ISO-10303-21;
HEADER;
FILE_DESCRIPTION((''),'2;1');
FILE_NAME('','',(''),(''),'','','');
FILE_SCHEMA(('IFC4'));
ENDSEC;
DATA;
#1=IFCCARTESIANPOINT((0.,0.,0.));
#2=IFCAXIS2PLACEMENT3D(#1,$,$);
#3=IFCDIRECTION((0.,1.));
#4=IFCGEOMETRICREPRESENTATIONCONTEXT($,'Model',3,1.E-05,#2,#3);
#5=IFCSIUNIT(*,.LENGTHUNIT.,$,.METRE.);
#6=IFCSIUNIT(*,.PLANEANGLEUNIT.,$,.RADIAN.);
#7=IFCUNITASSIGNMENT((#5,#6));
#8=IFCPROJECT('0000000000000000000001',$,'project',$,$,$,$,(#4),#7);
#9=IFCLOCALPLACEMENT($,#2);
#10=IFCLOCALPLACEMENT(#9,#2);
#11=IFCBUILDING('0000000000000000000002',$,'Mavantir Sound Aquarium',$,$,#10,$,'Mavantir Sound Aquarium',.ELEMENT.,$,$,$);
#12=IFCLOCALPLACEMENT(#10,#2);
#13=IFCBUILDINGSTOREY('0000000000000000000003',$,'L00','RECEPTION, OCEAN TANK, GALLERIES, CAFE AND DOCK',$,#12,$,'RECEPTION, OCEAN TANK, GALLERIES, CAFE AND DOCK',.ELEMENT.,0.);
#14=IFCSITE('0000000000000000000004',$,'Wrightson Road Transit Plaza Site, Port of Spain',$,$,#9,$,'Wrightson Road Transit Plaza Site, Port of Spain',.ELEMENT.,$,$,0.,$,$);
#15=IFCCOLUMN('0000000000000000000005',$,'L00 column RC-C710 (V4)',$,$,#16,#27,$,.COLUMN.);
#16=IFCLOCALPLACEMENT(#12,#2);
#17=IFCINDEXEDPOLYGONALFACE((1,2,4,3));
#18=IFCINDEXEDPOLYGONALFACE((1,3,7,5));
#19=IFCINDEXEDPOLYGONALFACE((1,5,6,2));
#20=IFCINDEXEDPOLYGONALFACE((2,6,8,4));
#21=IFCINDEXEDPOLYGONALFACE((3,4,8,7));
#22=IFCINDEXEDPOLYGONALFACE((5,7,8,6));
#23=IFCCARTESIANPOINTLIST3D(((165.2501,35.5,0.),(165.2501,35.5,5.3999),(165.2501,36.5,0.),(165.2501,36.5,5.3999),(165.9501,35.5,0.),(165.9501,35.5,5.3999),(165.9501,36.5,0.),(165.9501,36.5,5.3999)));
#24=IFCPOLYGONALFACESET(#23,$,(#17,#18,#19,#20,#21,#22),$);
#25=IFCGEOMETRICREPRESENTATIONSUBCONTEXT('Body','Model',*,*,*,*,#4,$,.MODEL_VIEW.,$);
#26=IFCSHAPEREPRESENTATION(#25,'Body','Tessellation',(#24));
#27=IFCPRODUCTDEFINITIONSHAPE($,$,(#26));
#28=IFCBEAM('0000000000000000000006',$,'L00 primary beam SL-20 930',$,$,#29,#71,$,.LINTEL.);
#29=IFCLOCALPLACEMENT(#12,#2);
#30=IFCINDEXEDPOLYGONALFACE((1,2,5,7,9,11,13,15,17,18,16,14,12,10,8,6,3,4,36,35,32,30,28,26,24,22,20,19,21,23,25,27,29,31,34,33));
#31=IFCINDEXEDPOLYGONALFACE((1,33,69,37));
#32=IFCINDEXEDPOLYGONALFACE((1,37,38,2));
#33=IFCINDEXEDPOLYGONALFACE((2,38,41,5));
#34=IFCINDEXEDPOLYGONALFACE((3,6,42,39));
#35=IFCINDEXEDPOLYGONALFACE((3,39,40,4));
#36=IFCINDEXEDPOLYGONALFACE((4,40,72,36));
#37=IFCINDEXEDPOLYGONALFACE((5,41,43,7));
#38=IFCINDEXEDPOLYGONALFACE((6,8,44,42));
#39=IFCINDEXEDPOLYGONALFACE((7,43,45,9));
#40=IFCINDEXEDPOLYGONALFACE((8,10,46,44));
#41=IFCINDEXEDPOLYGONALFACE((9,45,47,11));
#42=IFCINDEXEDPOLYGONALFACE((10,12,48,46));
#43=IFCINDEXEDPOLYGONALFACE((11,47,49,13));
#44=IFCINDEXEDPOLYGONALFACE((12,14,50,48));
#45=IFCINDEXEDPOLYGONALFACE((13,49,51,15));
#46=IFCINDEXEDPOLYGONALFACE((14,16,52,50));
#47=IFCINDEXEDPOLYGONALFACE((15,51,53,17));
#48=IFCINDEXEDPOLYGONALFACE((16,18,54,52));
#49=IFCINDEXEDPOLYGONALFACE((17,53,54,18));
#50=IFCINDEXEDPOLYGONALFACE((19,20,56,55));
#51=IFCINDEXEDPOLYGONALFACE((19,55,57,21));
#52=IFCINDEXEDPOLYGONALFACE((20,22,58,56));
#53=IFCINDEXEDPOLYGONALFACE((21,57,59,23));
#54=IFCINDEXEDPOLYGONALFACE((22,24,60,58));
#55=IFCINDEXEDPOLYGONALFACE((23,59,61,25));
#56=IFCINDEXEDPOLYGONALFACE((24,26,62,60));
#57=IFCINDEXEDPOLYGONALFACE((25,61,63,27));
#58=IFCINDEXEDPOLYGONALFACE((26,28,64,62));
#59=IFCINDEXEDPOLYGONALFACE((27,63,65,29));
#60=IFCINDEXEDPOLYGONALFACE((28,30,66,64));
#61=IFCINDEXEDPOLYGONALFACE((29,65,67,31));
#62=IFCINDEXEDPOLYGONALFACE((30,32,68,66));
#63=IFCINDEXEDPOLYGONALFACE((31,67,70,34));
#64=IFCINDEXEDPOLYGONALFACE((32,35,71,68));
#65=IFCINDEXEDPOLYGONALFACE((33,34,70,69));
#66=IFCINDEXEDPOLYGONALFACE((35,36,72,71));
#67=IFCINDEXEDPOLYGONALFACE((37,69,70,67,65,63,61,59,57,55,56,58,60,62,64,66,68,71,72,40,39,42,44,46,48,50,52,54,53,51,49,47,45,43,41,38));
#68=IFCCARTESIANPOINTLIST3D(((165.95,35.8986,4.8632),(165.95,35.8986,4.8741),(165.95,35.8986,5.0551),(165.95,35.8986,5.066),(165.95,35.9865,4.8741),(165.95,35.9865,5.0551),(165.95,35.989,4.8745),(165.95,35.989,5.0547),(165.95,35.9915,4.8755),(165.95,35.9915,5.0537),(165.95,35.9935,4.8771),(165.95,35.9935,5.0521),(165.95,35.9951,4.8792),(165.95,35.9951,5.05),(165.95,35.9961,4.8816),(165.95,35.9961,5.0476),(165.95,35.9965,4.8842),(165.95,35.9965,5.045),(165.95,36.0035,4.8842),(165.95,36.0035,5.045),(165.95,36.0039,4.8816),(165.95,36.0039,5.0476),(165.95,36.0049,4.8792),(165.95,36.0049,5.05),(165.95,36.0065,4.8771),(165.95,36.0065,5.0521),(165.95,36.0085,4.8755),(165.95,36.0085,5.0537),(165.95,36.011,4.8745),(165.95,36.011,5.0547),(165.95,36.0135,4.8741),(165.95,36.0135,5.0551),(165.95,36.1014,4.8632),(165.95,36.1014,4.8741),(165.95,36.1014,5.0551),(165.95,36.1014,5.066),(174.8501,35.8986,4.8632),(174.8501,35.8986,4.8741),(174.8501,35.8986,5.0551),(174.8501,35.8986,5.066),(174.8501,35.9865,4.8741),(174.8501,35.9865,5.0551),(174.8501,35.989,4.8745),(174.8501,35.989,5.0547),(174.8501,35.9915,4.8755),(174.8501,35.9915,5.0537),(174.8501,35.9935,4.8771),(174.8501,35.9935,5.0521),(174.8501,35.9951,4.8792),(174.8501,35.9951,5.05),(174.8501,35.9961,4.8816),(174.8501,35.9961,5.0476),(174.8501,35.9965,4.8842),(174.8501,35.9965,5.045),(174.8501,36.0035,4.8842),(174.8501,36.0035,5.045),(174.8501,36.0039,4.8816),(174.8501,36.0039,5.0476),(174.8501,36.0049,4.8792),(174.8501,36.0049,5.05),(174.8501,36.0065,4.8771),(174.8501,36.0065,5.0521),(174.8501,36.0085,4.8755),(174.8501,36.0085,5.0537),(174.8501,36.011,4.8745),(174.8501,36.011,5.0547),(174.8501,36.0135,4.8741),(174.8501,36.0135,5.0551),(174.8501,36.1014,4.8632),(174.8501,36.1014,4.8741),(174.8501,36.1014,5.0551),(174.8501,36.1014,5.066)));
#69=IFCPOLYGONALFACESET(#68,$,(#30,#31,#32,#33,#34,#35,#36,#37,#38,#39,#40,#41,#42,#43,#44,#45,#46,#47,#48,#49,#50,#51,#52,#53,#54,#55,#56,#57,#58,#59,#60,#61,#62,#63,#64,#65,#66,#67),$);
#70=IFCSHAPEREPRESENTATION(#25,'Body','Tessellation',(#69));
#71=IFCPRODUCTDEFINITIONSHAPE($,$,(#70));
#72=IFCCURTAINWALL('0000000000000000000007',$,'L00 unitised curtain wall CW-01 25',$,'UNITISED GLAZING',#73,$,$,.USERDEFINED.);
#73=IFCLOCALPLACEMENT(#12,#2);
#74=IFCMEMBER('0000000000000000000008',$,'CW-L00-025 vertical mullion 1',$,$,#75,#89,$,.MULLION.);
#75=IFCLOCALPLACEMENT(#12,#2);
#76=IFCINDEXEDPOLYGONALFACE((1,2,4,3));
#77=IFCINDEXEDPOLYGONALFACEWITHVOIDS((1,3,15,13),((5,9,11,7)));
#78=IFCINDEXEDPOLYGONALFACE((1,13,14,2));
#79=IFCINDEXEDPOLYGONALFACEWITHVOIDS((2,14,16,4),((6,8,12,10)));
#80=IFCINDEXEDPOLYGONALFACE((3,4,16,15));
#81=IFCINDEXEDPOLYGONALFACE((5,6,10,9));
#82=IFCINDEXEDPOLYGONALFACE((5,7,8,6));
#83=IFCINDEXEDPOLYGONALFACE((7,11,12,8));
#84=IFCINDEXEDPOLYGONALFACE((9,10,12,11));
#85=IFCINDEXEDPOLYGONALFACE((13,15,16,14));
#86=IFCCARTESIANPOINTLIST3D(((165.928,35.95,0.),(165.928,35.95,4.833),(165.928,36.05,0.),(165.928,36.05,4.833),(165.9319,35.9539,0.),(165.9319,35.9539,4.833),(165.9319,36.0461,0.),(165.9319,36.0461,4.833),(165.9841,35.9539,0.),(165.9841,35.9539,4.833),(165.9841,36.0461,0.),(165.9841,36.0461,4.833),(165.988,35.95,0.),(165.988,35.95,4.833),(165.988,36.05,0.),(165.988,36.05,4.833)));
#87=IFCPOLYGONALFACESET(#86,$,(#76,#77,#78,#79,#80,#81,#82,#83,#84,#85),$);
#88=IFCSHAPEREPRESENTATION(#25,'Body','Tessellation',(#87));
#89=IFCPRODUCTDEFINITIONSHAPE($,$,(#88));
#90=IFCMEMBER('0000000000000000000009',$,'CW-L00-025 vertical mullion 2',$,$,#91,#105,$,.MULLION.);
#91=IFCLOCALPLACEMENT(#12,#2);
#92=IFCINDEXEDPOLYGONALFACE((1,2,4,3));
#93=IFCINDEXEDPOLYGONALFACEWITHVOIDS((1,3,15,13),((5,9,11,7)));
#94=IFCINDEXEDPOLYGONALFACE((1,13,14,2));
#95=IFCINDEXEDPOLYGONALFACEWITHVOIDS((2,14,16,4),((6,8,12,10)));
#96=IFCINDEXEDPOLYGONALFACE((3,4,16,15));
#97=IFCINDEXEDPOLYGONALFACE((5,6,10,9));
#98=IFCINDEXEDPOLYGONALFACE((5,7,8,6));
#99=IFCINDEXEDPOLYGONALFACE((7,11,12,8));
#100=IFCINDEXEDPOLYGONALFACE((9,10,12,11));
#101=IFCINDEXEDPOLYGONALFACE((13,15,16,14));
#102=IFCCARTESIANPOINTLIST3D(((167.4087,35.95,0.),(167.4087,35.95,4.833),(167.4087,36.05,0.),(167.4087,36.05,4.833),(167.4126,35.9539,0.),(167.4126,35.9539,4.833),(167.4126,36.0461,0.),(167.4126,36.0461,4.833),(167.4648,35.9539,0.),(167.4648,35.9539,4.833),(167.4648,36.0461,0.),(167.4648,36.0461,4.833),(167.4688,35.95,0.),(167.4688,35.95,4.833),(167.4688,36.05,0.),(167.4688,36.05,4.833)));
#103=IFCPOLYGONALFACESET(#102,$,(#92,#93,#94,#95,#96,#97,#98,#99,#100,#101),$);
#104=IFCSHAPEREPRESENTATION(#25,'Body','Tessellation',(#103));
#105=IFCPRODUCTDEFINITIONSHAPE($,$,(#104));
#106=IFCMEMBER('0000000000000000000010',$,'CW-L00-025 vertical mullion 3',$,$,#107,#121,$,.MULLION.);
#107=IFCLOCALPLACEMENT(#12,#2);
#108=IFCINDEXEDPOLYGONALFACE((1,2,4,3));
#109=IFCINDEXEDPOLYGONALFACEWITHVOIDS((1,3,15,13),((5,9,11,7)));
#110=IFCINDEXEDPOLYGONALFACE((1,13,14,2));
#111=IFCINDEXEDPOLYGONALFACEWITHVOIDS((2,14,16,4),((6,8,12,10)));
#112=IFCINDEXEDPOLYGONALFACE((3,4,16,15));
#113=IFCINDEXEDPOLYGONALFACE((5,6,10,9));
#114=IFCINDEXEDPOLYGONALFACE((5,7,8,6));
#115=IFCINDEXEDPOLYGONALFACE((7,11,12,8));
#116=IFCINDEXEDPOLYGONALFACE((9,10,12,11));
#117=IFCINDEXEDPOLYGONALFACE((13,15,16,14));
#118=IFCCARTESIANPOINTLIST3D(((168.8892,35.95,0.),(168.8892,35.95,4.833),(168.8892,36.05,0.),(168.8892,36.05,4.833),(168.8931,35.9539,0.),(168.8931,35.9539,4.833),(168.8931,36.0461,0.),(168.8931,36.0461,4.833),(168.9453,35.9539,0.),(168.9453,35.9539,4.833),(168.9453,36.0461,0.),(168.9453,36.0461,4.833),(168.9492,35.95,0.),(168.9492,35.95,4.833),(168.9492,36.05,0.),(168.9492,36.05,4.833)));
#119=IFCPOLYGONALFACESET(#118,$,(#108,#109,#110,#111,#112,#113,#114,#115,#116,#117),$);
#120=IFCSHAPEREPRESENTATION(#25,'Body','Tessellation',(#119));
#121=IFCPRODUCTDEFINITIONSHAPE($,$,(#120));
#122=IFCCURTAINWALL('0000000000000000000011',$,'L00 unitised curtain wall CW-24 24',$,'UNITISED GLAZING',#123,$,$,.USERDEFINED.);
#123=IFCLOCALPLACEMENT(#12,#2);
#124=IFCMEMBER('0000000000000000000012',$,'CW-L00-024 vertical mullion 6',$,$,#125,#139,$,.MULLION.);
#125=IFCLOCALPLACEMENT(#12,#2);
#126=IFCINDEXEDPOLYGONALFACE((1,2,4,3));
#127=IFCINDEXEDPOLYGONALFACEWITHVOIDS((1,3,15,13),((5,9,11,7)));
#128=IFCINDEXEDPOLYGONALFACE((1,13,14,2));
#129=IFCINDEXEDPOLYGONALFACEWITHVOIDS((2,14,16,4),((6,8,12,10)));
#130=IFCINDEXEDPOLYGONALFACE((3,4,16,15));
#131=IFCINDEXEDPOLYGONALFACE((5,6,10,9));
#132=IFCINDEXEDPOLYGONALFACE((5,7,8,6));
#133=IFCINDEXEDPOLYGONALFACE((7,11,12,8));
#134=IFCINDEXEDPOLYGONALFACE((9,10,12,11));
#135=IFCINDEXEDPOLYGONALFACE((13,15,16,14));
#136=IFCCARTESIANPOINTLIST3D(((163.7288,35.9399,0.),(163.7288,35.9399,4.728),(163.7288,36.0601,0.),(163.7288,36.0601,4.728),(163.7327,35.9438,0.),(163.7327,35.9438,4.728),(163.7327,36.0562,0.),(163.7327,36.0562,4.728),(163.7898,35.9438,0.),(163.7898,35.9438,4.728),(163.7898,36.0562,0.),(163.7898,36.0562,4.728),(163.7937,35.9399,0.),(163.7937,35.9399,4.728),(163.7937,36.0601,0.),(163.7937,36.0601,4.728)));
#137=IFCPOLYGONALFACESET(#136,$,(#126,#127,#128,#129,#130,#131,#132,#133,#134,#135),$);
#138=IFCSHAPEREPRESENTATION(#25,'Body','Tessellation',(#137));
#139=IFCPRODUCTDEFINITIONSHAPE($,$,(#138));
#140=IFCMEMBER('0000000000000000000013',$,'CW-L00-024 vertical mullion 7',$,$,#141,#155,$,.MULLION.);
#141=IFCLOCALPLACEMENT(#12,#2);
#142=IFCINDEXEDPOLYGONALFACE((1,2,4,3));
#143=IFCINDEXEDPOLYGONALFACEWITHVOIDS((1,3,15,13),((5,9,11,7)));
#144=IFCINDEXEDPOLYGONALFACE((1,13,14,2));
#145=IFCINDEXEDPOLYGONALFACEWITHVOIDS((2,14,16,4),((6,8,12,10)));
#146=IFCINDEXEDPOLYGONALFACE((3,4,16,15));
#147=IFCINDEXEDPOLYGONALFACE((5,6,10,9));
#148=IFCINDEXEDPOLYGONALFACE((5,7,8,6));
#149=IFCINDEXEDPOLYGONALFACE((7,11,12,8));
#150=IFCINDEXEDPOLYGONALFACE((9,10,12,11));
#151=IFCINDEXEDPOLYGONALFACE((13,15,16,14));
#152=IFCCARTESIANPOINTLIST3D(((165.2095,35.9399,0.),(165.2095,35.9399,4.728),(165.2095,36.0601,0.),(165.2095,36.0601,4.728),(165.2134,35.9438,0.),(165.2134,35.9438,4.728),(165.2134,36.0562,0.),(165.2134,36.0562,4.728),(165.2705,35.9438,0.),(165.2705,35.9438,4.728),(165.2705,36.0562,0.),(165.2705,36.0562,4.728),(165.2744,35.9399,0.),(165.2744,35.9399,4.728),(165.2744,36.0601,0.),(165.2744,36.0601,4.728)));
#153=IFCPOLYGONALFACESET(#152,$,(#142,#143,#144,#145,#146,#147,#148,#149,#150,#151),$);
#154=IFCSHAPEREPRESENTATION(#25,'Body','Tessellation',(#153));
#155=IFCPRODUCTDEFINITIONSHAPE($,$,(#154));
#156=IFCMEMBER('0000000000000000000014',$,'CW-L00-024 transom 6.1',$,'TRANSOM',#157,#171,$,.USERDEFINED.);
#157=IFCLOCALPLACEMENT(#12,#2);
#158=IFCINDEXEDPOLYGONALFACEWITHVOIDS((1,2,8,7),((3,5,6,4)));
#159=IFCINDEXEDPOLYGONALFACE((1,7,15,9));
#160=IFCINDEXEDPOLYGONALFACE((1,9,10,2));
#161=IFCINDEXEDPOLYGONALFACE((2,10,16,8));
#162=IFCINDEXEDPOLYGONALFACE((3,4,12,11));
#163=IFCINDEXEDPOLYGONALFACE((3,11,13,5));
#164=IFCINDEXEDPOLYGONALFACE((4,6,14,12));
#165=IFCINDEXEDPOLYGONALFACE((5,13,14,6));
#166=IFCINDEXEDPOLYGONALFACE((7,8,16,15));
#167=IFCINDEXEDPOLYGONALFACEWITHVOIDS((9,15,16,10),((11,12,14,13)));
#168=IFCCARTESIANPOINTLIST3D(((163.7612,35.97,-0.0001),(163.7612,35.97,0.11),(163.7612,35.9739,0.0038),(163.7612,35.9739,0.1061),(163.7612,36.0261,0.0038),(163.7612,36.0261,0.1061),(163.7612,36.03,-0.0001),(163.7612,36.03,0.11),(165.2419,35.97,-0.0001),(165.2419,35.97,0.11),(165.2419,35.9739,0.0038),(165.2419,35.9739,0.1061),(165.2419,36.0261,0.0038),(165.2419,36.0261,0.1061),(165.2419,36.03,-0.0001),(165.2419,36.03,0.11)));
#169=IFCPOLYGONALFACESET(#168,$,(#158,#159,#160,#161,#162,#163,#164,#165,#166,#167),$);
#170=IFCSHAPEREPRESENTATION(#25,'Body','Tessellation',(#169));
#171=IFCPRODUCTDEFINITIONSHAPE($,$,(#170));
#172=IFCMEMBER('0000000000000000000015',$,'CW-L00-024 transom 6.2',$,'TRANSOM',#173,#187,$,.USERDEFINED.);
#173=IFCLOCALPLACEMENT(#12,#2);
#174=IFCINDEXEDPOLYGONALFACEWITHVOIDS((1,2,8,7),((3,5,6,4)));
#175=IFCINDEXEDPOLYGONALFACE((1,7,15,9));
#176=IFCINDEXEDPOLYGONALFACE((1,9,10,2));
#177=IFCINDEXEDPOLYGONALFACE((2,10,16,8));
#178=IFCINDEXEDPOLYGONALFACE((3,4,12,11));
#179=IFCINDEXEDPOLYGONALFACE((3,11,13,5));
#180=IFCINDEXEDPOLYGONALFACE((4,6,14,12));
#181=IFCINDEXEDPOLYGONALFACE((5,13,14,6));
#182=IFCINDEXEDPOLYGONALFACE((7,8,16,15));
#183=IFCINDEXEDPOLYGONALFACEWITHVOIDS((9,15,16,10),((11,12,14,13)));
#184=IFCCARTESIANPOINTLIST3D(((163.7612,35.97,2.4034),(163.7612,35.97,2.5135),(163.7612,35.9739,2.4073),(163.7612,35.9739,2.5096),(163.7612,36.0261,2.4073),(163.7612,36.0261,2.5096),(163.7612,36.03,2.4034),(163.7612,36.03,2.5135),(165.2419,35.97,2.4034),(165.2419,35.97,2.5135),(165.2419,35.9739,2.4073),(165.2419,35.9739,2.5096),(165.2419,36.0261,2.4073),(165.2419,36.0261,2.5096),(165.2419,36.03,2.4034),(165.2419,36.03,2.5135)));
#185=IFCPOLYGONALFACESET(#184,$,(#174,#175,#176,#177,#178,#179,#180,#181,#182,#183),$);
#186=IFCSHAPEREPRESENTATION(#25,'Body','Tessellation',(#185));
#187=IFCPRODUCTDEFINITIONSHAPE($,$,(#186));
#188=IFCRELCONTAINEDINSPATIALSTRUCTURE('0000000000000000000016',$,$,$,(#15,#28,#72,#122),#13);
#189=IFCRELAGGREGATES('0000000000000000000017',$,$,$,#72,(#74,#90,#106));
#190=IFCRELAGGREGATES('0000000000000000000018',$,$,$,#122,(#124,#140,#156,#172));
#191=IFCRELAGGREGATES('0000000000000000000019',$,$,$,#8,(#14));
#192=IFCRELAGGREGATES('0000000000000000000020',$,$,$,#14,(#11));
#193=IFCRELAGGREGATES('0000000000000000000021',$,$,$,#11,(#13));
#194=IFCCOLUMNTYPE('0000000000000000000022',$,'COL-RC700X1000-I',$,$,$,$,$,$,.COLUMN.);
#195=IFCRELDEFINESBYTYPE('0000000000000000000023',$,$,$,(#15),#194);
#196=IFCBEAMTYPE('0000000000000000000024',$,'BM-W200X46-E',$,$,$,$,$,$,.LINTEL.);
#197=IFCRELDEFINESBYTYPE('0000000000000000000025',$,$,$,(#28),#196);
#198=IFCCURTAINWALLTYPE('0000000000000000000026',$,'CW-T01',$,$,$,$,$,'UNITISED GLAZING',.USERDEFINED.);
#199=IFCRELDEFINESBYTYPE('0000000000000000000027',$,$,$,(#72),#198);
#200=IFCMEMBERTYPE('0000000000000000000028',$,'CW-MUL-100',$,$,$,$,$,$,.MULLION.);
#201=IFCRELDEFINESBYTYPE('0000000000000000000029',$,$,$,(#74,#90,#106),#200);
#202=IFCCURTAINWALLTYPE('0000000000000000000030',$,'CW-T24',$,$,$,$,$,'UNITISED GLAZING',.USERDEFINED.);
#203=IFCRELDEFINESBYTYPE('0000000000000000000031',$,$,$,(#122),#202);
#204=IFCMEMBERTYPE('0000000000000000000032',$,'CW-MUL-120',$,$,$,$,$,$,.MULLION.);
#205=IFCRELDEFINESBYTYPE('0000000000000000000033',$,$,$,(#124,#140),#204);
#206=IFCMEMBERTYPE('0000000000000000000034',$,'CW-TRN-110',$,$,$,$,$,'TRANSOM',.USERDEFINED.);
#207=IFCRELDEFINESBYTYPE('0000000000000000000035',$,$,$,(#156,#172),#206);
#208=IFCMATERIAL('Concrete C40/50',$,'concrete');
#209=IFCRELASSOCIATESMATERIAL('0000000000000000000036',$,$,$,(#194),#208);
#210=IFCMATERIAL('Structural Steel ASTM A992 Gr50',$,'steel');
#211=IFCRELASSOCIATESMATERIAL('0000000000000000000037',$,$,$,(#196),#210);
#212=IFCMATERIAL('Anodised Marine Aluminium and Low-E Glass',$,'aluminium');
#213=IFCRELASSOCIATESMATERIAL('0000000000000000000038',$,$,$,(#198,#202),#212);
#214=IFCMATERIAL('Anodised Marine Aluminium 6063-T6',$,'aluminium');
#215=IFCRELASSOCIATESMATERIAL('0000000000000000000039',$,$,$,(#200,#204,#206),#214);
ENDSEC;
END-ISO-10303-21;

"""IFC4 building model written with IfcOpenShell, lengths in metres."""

from ifc_helpers import new_model, si_unit, direction, frame, origin, origin_2d, place, context, subcontext, project, spatial, rectangle, hollow_rectangle, i_section, extrude, material, material_profile, profile_set, type_object, element, aggregate, save


model = new_model("IFC4")

# Units and contexts
model_context = context("Model", 3, precision=1e-05, world=origin(), true_north=direction((0.0, 1.0)))
body_context = subcontext(model_context, "Body", "Model", "MODEL_VIEW")
ifc_project = project(units=[si_unit("LENGTHUNIT", "METRE"), si_unit("PLANEANGLEUNIT", "RADIAN")], contexts=[model_context])

# Site, building, storey
site_placement = place(None, origin())
site = spatial("IfcSite", under=ifc_project, at=site_placement, Name="Wrightson Road Transit Plaza Site, Port of Spain", LongName="Wrightson Road Transit Plaza Site, Port of Spain", CompositionType="ELEMENT", RefElevation=0.0)
building_placement = place(site_placement, origin())
building = spatial("IfcBuilding", under=site, at=building_placement, Name="Mavantir Sound Aquarium", LongName="Mavantir Sound Aquarium", CompositionType="ELEMENT")
storey_placement = place(building_placement, origin())
storey = spatial("IfcBuildingStorey", under=building, at=storey_placement, Name="L00", Description="RECEPTION, OCEAN TANK, GALLERIES, CAFE AND DOCK", LongName="RECEPTION, OCEAN TANK, GALLERIES, CAFE AND DOCK", CompositionType="ELEMENT", Elevation=0.0)

# Column
ifc_material_1 = material(Name="Concrete C40/50", Category="concrete")
ifc_material_profile_1 = material_profile(ifc_material_1, rectangle(XDim=0.7, YDim=1.0, at=origin_2d()), Name="RC 700X1000")
ifc_profile_set_1 = profile_set([ifc_material_profile_1], Name="Concrete C40/50")
column_type = type_object("IfcColumnType", Name="COL-RC700X1000-I", PredefinedType="COLUMN", material=ifc_profile_set_1)
column_placement = place(storey_placement, frame((165.6001, 36.0, 0.0), z_axis=(0.0, 0.0, 1.0), x_axis=(1.0, 0.0, 0.0)))
element("IfcColumn", 1, at=column_placement, inside=storey, type_object=column_type, Name="L00 column RC-C710 (V4)", PredefinedType="COLUMN", context=body_context, shape_type="SweptSolid", body=[
    extrude(rectangle(XDim=0.7, YDim=1.0, at=origin_2d()), origin(), (0.0, 0.0, 1.0), 5.3999),
])

# Beam
ifc_material_2 = material(Name="Structural Steel ASTM A992 Gr50", Category="steel")
ifc_material_profile_2 = material_profile(ifc_material_2, i_section(OverallWidth=0.2029, OverallDepth=0.2029, WebThickness=0.0071, FlangeThickness=0.011, FilletRadius=0.01, at=origin_2d()), Name="W200X46")
ifc_profile_set_2 = profile_set([ifc_material_profile_2], Name="Structural Steel ASTM A992 Gr50")
beam_type = type_object("IfcBeamType", Name="BM-W200X46-E", PredefinedType="LINTEL", material=ifc_profile_set_2)
beam_placement = place(storey_placement, frame((165.95, 36.0, 4.9646), z_axis=(1.0, 0.0, 0.0), x_axis=(0.0, 1.0, 0.0)))
element("IfcBeam", 2, at=beam_placement, inside=storey, type_object=beam_type, Name="L00 primary beam SL-20 930", PredefinedType="LINTEL", context=body_context, shape_type="SweptSolid", body=[
    extrude(i_section(OverallWidth=0.2029, OverallDepth=0.2029, WebThickness=0.0071, FlangeThickness=0.011, FilletRadius=0.01, at=origin_2d()), origin(), (0.0, 0.0, 1.0), 8.9001),
])

# Curtain walls, members
ifc_material_3 = material(Name="Anodised Marine Aluminium and Low-E Glass", Category="aluminium")
curtain_wall_type_1 = type_object("IfcCurtainWallType", Name="CW-T01", ElementType="UNITISED GLAZING", PredefinedType="USERDEFINED", material=ifc_material_3)
curtain_wall_1_placement = place(storey_placement, origin())
curtain_wall_1 = element("IfcCurtainWall", 3, at=curtain_wall_1_placement, inside=storey, type_object=curtain_wall_type_1, Name="L00 unitised curtain wall CW-01 25", ObjectType="UNITISED GLAZING", PredefinedType="USERDEFINED")
ifc_material_4 = material(Name="Anodised Marine Aluminium 6063-T6", Category="aluminium")
ifc_material_profile_3 = material_profile(ifc_material_4, hollow_rectangle(XDim=0.0601, YDim=0.1001, WallThickness=0.0039, at=origin_2d()), Name="ALU-MULLION-100X60")
ifc_profile_set_3 = profile_set([ifc_material_profile_3], Name="Anodised Marine Aluminium 6063-T6")
member_type_1 = type_object("IfcMemberType", Name="CW-MUL-100", PredefinedType="MULLION", material=ifc_profile_set_3)
member_1_placement = place(storey_placement, frame((165.958, 36.0, 0.0), z_axis=(0.0, 0.0, 1.0), x_axis=(1.0, 0.0, 0.0)))
member_1 = element("IfcMember", 4, at=member_1_placement, type_object=member_type_1, Name="CW-L00-025 vertical mullion 1", PredefinedType="MULLION", context=body_context, shape_type="SweptSolid", body=[
    extrude(hollow_rectangle(XDim=0.0601, YDim=0.1001, WallThickness=0.0039, at=origin_2d()), origin(), (0.0, 0.0, 1.0), 4.833),
])
member_2_placement = place(storey_placement, frame((167.4387, 36.0, 0.0), z_axis=(0.0, 0.0, 1.0), x_axis=(1.0, 0.0, 0.0)))
member_2 = element("IfcMember", 5, at=member_2_placement, type_object=member_type_1, Name="CW-L00-025 vertical mullion 2", PredefinedType="MULLION", context=body_context, shape_type="SweptSolid", body=[
    extrude(hollow_rectangle(XDim=0.0601, YDim=0.1001, WallThickness=0.0039, at=origin_2d()), origin(), (0.0, 0.0, 1.0), 4.833),
])
member_3_placement = place(storey_placement, frame((168.9192, 36.0, 0.0), z_axis=(0.0, 0.0, 1.0), x_axis=(1.0, 0.0, 0.0)))
member_3 = element("IfcMember", 6, at=member_3_placement, type_object=member_type_1, Name="CW-L00-025 vertical mullion 3", PredefinedType="MULLION", context=body_context, shape_type="SweptSolid", body=[
    extrude(hollow_rectangle(XDim=0.0601, YDim=0.1001, WallThickness=0.0039, at=origin_2d()), origin(), (0.0, 0.0, 1.0), 4.833),
])
curtain_wall_type_2 = type_object("IfcCurtainWallType", Name="CW-T24", ElementType="UNITISED GLAZING", PredefinedType="USERDEFINED", material=ifc_material_3)
curtain_wall_2_placement = place(storey_placement, origin())
curtain_wall_2 = element("IfcCurtainWall", 7, at=curtain_wall_2_placement, inside=storey, type_object=curtain_wall_type_2, Name="L00 unitised curtain wall CW-24 24", ObjectType="UNITISED GLAZING", PredefinedType="USERDEFINED")
ifc_material_profile_4 = material_profile(ifc_material_4, hollow_rectangle(XDim=0.0649, YDim=0.1201, WallThickness=0.0039, at=origin_2d()), Name="ALU-MULLION-120X65")
ifc_profile_set_4 = profile_set([ifc_material_profile_4], Name="Anodised Marine Aluminium 6063-T6")
member_type_2 = type_object("IfcMemberType", Name="CW-MUL-120", PredefinedType="MULLION", material=ifc_profile_set_4)
member_4_placement = place(storey_placement, frame((163.7612, 36.0, 0.0), z_axis=(0.0, 0.0, 1.0), x_axis=(1.0, 0.0, 0.0)))
member_4 = element("IfcMember", 8, at=member_4_placement, type_object=member_type_2, Name="CW-L00-024 vertical mullion 6", PredefinedType="MULLION", context=body_context, shape_type="SweptSolid", body=[
    extrude(hollow_rectangle(XDim=0.0649, YDim=0.1201, WallThickness=0.0039, at=origin_2d()), origin(), (0.0, 0.0, 1.0), 4.728),
])
member_5_placement = place(storey_placement, frame((165.2419, 36.0, 0.0), z_axis=(0.0, 0.0, 1.0), x_axis=(1.0, 0.0, 0.0)))
member_5 = element("IfcMember", 9, at=member_5_placement, type_object=member_type_2, Name="CW-L00-024 vertical mullion 7", PredefinedType="MULLION", context=body_context, shape_type="SweptSolid", body=[
    extrude(hollow_rectangle(XDim=0.0649, YDim=0.1201, WallThickness=0.0039, at=origin_2d()), origin(), (0.0, 0.0, 1.0), 4.728),
])
ifc_material_profile_5 = material_profile(ifc_material_4, hollow_rectangle(XDim=0.0601, YDim=0.1101, WallThickness=0.0039, at=origin_2d()), Name="ALU-TRANSOM-110X60")
ifc_profile_set_5 = profile_set([ifc_material_profile_5], Name="Anodised Marine Aluminium 6063-T6")
member_type_3 = type_object("IfcMemberType", Name="CW-TRN-110", ElementType="TRANSOM", PredefinedType="USERDEFINED", material=ifc_profile_set_5)
member_6_placement = place(storey_placement, frame((163.7612, 36.0, 0.0549), z_axis=(1.0, 0.0, 0.0), x_axis=(0.0, 1.0, 0.0)))
member_6 = element("IfcMember", 10, at=member_6_placement, type_object=member_type_3, Name="CW-L00-024 transom 6.1", ObjectType="TRANSOM", PredefinedType="USERDEFINED", context=body_context, shape_type="SweptSolid", body=[
    extrude(hollow_rectangle(XDim=0.0601, YDim=0.1101, WallThickness=0.0039, at=origin_2d()), origin(), (0.0, 0.0, 1.0), 1.4807),
])
member_7_placement = place(storey_placement, frame((163.7612, 36.0, 2.4585), z_axis=(1.0, 0.0, 0.0), x_axis=(0.0, 1.0, 0.0)))
member_7 = element("IfcMember", 11, at=member_7_placement, type_object=member_type_3, Name="CW-L00-024 transom 6.2", ObjectType="TRANSOM", PredefinedType="USERDEFINED", context=body_context, shape_type="SweptSolid", body=[
    extrude(hollow_rectangle(XDim=0.0601, YDim=0.1101, WallThickness=0.0039, at=origin_2d()), origin(), (0.0, 0.0, 1.0), 1.4807),
])

aggregate(curtain_wall_1, [member_1, member_2, member_3])
aggregate(curtain_wall_2, [member_4, member_5, member_6, member_7])

save(model, "model.ifc")
